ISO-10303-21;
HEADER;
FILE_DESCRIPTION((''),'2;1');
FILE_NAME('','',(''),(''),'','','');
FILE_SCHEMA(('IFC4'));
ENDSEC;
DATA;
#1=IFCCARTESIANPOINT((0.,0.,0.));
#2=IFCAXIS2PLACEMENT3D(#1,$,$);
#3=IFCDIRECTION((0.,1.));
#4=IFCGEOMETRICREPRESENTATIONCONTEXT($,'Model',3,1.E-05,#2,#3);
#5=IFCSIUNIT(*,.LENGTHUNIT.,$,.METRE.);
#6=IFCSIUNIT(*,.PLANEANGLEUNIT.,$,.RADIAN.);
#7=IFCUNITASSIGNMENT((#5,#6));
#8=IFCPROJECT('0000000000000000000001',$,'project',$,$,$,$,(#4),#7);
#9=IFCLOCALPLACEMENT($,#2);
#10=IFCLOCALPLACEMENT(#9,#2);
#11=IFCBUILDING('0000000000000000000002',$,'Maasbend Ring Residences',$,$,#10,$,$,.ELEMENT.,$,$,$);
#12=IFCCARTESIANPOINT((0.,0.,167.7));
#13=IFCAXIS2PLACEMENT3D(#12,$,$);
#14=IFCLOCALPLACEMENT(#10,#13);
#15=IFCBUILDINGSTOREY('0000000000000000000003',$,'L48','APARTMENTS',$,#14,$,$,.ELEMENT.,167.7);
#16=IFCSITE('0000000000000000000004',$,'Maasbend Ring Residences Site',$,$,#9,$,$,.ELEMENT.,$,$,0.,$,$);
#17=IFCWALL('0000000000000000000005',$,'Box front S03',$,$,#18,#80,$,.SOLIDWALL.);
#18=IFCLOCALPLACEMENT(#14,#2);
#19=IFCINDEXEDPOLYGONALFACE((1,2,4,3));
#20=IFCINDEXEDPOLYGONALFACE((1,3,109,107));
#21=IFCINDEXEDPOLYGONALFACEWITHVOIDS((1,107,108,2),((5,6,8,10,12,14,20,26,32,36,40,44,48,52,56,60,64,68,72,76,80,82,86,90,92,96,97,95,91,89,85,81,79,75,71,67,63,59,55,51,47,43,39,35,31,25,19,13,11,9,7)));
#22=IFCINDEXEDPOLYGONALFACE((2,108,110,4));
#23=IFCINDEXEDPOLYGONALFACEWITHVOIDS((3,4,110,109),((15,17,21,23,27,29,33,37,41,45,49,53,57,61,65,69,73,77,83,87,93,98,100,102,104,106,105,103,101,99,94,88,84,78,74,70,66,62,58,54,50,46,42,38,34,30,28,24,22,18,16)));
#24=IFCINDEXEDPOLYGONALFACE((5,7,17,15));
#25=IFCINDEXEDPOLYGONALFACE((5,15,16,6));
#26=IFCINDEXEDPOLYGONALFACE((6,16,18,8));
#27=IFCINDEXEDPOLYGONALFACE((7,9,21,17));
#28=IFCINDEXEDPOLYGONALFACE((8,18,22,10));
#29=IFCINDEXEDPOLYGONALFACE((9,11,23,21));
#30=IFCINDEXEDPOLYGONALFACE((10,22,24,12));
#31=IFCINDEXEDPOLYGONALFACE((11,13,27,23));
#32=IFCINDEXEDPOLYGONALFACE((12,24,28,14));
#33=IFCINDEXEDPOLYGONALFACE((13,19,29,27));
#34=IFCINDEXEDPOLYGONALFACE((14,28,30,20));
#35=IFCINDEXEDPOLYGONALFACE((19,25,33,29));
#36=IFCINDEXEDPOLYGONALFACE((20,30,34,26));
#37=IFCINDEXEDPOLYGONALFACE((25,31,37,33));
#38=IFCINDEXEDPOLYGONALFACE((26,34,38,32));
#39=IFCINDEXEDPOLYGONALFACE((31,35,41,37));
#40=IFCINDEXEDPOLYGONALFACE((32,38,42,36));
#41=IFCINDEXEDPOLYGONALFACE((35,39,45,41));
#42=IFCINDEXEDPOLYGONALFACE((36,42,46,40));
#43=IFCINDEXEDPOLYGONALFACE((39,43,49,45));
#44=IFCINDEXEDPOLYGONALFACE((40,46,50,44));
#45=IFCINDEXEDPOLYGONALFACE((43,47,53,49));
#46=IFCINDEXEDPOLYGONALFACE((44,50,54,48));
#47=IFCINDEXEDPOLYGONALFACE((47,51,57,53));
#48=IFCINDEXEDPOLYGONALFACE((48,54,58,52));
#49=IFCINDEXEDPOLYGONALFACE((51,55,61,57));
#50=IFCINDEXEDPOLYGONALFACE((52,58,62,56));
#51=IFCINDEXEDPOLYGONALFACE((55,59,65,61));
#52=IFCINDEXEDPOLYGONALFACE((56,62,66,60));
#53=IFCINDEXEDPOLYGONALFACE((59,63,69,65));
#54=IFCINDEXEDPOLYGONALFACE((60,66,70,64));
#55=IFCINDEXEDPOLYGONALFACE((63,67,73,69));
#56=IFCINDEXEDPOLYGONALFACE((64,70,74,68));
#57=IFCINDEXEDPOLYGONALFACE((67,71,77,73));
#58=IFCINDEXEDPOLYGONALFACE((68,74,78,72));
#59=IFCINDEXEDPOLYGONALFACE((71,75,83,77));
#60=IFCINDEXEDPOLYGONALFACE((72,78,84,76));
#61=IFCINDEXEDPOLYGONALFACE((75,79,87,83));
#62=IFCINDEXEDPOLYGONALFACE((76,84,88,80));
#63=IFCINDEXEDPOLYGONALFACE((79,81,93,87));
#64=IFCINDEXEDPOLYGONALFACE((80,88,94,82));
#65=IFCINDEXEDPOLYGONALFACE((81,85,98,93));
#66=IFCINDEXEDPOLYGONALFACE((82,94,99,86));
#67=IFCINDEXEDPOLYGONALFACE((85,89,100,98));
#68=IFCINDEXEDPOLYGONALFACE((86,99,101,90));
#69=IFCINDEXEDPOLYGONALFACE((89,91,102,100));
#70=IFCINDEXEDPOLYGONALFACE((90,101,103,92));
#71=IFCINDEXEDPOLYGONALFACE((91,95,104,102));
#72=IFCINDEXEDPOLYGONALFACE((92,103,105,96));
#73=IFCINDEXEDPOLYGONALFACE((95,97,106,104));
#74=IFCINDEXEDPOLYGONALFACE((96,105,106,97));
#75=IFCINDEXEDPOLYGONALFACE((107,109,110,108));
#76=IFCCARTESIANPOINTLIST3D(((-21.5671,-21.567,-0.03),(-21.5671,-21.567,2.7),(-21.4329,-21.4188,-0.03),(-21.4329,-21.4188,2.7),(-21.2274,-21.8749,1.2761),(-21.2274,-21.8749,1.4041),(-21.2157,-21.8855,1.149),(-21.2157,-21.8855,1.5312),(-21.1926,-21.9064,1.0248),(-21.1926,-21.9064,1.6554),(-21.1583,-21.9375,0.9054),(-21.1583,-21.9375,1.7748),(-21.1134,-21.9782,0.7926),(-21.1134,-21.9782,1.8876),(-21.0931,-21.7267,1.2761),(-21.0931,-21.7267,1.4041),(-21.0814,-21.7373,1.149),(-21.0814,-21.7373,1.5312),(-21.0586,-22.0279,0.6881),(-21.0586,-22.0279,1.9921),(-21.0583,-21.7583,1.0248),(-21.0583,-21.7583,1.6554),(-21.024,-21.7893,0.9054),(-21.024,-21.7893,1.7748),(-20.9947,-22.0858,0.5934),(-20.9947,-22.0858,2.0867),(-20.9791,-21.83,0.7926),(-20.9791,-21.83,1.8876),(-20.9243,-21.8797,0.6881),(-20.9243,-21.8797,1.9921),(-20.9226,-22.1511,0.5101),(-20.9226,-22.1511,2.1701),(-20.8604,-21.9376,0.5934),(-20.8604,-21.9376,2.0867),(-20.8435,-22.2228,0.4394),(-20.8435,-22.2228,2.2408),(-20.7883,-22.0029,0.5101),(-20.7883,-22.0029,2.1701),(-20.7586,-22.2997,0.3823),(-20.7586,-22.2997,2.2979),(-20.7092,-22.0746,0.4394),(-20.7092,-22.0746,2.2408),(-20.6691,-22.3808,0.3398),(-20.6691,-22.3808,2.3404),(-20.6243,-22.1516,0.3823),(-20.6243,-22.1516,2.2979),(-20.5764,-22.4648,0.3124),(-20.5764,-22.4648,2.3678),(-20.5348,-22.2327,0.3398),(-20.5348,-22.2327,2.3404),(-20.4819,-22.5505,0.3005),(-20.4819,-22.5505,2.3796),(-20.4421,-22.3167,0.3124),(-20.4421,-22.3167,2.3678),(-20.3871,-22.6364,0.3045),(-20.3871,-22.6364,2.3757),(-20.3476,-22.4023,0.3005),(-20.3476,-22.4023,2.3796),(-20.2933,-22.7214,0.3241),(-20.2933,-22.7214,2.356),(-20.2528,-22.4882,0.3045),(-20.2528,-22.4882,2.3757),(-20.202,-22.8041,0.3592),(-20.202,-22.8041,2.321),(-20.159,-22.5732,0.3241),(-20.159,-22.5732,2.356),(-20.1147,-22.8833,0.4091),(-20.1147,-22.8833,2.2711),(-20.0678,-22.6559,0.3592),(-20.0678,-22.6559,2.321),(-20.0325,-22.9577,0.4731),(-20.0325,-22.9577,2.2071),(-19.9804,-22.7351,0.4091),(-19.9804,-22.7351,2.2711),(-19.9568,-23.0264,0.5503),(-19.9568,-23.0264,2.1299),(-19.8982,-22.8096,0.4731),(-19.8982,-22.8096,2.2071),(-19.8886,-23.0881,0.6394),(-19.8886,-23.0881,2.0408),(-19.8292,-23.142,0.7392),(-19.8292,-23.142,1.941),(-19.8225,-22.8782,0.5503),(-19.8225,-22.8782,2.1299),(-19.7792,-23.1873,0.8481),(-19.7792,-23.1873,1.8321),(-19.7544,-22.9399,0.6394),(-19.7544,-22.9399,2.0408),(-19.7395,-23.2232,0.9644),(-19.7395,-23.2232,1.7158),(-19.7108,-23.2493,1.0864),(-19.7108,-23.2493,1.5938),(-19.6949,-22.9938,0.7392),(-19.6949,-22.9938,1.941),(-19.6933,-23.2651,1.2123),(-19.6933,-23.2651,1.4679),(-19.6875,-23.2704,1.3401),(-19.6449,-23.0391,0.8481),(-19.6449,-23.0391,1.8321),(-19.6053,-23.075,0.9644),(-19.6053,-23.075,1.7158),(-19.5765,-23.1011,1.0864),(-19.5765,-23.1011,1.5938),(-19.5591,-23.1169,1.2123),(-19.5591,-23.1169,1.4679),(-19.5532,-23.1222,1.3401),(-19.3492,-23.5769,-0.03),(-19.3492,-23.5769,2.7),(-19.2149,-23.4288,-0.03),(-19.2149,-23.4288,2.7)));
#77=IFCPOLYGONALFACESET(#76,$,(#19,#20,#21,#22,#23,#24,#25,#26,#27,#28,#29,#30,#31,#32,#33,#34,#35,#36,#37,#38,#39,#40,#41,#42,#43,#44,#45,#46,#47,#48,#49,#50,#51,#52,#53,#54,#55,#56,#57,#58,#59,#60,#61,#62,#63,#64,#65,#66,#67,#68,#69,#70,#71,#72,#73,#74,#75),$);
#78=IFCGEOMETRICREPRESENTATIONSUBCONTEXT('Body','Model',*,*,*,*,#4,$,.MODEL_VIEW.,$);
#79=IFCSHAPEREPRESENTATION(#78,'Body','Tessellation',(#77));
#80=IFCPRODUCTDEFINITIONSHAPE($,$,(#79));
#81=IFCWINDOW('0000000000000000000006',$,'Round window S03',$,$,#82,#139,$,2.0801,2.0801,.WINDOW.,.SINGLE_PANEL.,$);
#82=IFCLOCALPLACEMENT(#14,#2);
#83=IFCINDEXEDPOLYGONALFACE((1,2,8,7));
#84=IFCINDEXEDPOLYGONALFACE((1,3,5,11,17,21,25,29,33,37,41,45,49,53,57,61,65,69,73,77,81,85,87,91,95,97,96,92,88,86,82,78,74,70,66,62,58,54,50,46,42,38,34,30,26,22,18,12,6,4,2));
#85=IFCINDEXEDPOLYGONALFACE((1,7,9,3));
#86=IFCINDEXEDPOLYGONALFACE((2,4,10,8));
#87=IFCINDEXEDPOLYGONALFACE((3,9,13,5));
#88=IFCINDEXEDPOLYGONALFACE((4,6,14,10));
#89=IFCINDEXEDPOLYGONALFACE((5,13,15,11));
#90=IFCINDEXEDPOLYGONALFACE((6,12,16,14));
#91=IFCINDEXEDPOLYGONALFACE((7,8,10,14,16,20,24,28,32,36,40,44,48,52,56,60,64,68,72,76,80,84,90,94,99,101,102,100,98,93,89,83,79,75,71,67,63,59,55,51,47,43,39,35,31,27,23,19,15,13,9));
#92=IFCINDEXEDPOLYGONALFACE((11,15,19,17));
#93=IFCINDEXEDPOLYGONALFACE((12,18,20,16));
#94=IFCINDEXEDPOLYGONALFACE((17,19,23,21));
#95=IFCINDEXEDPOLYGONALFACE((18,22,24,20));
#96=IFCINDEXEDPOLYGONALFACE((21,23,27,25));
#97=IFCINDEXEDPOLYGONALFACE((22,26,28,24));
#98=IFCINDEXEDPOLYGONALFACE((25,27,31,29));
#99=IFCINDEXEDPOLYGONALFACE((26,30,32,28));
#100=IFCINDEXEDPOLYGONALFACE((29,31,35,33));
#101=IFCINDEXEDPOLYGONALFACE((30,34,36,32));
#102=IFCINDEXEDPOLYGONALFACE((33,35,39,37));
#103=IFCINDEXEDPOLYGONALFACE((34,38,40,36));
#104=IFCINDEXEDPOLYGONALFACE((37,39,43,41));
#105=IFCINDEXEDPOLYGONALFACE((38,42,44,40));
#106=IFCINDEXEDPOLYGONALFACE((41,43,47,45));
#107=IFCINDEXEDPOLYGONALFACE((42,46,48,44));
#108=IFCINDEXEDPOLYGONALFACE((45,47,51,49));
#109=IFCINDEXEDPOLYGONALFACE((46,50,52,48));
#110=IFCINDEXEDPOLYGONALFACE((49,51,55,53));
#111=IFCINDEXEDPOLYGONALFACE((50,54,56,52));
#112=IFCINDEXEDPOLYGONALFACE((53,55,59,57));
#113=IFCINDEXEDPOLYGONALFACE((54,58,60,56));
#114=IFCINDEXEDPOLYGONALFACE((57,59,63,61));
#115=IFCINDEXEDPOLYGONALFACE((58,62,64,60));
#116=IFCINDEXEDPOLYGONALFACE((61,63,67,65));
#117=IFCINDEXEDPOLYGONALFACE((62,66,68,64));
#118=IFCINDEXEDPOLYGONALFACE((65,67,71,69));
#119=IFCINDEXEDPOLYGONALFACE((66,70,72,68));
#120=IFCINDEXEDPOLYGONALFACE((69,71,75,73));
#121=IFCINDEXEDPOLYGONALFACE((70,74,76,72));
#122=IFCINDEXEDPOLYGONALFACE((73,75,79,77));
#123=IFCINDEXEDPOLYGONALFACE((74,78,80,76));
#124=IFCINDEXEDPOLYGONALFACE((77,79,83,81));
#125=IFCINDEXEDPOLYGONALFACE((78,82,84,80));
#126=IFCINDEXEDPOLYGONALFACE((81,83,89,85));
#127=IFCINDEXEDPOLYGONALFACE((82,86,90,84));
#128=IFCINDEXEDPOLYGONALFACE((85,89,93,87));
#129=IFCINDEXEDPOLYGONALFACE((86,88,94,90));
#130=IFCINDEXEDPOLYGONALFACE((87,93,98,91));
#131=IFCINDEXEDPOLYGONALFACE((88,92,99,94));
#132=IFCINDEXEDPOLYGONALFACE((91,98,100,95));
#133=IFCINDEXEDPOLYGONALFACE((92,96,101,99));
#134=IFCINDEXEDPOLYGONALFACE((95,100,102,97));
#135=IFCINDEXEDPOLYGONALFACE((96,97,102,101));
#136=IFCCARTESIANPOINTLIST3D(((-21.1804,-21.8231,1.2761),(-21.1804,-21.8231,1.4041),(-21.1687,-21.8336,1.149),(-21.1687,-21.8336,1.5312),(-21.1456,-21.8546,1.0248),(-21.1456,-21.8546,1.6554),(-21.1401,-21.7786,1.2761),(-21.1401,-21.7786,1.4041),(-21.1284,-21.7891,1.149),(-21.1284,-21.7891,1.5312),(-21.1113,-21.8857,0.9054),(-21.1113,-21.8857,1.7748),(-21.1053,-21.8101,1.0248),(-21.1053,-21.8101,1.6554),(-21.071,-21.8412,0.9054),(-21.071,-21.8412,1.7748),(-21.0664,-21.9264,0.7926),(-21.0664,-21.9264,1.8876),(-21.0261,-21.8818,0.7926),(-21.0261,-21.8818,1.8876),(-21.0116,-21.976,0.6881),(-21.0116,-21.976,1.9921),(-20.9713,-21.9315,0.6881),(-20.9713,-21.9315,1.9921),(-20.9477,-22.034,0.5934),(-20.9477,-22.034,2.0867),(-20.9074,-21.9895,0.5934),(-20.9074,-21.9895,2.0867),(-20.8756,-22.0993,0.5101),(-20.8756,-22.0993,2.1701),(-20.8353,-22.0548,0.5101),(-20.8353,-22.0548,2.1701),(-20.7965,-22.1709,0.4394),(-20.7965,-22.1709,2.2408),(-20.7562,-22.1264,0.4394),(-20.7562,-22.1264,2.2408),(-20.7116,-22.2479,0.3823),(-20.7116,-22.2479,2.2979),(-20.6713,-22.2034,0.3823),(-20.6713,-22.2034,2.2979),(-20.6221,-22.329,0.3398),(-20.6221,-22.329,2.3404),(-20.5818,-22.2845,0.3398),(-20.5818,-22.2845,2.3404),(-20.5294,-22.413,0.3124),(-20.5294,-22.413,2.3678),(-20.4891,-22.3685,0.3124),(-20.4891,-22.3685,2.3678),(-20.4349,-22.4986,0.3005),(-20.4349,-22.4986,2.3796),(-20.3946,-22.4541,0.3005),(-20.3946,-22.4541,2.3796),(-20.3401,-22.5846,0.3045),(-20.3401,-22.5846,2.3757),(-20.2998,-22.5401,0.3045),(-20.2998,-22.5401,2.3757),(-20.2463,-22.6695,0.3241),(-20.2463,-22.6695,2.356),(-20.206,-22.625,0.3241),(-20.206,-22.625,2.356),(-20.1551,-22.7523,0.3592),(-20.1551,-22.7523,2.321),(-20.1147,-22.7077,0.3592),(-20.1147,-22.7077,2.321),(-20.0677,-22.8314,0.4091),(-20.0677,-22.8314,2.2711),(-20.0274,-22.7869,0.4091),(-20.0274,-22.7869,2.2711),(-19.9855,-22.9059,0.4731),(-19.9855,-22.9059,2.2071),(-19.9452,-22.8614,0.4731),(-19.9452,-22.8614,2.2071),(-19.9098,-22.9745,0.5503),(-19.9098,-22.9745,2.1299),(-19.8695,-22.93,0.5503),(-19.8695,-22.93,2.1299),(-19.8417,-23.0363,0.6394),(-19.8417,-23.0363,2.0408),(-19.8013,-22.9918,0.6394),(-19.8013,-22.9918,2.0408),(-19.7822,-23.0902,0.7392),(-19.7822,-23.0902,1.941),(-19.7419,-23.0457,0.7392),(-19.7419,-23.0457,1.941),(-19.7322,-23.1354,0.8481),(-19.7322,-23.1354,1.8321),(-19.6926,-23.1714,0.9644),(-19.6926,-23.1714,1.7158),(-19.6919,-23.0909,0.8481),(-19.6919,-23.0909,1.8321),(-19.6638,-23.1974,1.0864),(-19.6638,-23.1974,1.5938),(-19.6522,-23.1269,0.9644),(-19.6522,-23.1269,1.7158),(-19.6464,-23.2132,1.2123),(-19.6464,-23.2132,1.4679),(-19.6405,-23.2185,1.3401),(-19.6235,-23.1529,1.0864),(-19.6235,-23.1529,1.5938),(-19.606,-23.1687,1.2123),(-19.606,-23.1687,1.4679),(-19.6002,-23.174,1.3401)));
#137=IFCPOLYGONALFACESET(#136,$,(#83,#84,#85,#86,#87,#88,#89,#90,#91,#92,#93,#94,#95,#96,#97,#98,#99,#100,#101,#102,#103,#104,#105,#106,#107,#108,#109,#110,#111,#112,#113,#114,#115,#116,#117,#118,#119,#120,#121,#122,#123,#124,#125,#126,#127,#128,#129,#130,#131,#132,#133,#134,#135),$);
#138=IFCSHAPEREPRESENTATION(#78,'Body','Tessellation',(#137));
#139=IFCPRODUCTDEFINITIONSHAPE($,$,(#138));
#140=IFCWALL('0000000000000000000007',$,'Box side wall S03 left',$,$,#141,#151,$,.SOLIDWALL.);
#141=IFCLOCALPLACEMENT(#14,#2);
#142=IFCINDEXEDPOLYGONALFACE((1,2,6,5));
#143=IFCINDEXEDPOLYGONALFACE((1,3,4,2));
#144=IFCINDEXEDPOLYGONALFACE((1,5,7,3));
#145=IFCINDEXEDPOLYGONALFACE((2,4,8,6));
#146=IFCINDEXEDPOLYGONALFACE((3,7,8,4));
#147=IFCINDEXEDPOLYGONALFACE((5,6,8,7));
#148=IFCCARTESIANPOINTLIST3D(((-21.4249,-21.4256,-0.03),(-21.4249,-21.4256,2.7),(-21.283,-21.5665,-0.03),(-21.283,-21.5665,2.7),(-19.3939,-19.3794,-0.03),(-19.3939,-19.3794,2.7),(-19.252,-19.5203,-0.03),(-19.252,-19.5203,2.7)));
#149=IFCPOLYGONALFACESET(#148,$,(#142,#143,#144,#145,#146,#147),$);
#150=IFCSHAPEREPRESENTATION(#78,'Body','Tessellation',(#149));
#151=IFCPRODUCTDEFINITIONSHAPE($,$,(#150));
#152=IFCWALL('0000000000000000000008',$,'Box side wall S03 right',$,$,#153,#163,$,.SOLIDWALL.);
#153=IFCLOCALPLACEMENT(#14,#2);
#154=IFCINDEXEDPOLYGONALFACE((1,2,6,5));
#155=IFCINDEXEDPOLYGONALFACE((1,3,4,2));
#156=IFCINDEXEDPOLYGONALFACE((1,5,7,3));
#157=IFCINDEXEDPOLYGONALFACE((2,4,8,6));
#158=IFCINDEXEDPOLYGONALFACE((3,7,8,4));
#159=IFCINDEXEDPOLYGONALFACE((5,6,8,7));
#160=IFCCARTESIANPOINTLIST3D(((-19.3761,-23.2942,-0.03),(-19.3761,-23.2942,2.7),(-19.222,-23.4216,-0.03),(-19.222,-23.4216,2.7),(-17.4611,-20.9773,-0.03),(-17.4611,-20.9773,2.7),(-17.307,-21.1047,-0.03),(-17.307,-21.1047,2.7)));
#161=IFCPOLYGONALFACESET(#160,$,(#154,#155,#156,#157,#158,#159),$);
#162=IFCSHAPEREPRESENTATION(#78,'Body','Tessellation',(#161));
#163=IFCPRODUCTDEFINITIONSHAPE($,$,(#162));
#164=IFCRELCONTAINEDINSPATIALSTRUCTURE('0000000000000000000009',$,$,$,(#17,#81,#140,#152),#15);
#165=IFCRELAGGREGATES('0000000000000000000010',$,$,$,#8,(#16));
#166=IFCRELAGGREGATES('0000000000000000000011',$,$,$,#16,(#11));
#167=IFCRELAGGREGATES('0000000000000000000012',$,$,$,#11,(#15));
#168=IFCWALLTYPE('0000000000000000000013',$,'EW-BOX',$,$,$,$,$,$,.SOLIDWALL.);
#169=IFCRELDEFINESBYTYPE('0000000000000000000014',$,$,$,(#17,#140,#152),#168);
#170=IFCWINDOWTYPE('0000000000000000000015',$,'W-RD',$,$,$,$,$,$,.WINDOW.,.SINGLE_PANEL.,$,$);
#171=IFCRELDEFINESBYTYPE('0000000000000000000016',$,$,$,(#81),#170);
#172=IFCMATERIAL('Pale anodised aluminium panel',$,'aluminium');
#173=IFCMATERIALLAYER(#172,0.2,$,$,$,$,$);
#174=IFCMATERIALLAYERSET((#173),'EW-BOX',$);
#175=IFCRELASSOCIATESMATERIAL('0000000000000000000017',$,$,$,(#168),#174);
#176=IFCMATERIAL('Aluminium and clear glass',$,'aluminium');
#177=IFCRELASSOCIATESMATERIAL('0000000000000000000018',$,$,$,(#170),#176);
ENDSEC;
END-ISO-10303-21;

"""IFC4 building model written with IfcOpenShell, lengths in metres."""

from ifc_helpers import new_model, si_unit, direction, frame, frame_2d, origin, place, context, subcontext, project, spatial, rectangle, circle, extrude, material, layer, layer_set, type_object, element, fill, save


model = new_model("IFC4")

# Units and contexts
model_context = context("Model", 3, precision=1e-05, world=origin(), true_north=direction((0.0, 1.0)))
body_context = subcontext(model_context, "Body", "Model", "MODEL_VIEW")
ifc_project = project(units=[si_unit("LENGTHUNIT", "METRE"), si_unit("PLANEANGLEUNIT", "RADIAN")], contexts=[model_context])

# Site, building, storey
site_placement = place(None, origin())
site = spatial("IfcSite", under=ifc_project, at=site_placement, Name="Maasbend Ring Residences Site", CompositionType="ELEMENT", RefElevation=0.0)
building_placement = place(site_placement, origin())
building = spatial("IfcBuilding", under=site, at=building_placement, Name="Maasbend Ring Residences", CompositionType="ELEMENT")
storey_placement = place(building_placement, frame((0.0, 0.0, 167.7)))
storey = spatial("IfcBuildingStorey", under=building, at=storey_placement, Name="L48", Description="APARTMENTS", CompositionType="ELEMENT", Elevation=167.7)

# Shared definitions
ifc_material_1 = material(Name="Pale anodised aluminium panel", Category="aluminium")
ifc_layer_1 = layer(ifc_material_1, 0.2)
ifc_layer_set_1 = layer_set([ifc_layer_1], Name="EW-BOX")
wall_type_1 = type_object("IfcWallType", Name="EW-BOX", PredefinedType="SOLIDWALL", material=ifc_layer_set_1)
ifc_material_2 = material(Name="Aluminium and clear glass", Category="aluminium")
window_type_1 = type_object("IfcWindowType", Name="W-RD", PartitioningType="SINGLE_PANEL", PredefinedType="WINDOW", material=ifc_material_2)

# Wall, opening, window
wall_1_placement = place(storey_placement, frame((-21.5, -21.4929, -0.03), z_axis=(0.0, 0.0, 1.0), x_axis=(0.740998, -0.671507, 0.0)))
wall_1 = element("IfcWall", 1, at=wall_1_placement, inside=storey, type_object=wall_type_1, Name="Box front S03", PredefinedType="SOLIDWALL", context=body_context, shape_type="SweptSolid", body=[
    extrude(rectangle(XDim=2.9932, YDim=0.2, at=frame_2d((1.4966, 0.0))), origin(), (0.0, 0.0, 1.0), 2.73),
])
opening_1_placement = place(wall_1_placement, frame((0.4565, 0.0, 0.3301)))
opening_1 = element("IfcOpeningElement", 2, at=opening_1_placement, cuts=wall_1, PredefinedType="OPENING", context=body_context, shape_type="SweptSolid", body=[
    extrude(circle(Radius=1.04, at=frame_2d((1.04, 1.04))), frame((0.0, 0.1099, 0.0), z_axis=(0.0, -1.0, 0.0), x_axis=(1.0, 0.0, 0.0)), (0.0, 0.0, 1.0), 0.22),
])
window_1_placement = place(opening_1_placement, origin())
window_1 = element("IfcWindow", 3, at=window_1_placement, inside=storey, type_object=window_type_1, Name="Round window S03", OverallHeight=2.0801, OverallWidth=2.0801, PartitioningType="SINGLE_PANEL", PredefinedType="WINDOW", context=body_context, shape_type="SweptSolid", body=[
    extrude(circle(Radius=1.04, at=frame_2d((1.04, 1.04))), frame((0.0, 0.03, 0.0), z_axis=(0.0, -1.0, 0.0), x_axis=(1.0, 0.0, 0.0)), (0.0, 0.0, 1.0), 0.0601),
])
fill(opening_1, window_1)

# Walls
wall_2_placement = place(storey_placement, frame((-19.323, -19.45, -0.03), z_axis=(0.0, 0.0, 1.0), x_axis=(-0.704477, -0.709727, 0.0)))
element("IfcWall", 4, at=wall_2_placement, inside=storey, type_object=wall_type_1, Name="Box side wall S03 left", PredefinedType="SOLIDWALL", context=body_context, shape_type="SweptSolid", body=[
    extrude(rectangle(XDim=2.8831, YDim=0.2, at=frame_2d((1.4414, 0.0))), origin(), (0.0, 0.0, 1.0), 2.73),
])
wall_3_placement = place(storey_placement, frame((-17.384, -21.041, -0.03), z_axis=(0.0, 0.0, 1.0), x_axis=(-0.637096, -0.770785, 0.0)))
element("IfcWall", 5, at=wall_3_placement, inside=storey, type_object=wall_type_1, Name="Box side wall S03 right", PredefinedType="SOLIDWALL", context=body_context, shape_type="SweptSolid", body=[
    extrude(rectangle(XDim=3.0059, YDim=0.2, at=frame_2d((1.5029, 0.0))), origin(), (0.0, 0.0, 1.0), 2.73),
])

save(model, "model.ifc")
